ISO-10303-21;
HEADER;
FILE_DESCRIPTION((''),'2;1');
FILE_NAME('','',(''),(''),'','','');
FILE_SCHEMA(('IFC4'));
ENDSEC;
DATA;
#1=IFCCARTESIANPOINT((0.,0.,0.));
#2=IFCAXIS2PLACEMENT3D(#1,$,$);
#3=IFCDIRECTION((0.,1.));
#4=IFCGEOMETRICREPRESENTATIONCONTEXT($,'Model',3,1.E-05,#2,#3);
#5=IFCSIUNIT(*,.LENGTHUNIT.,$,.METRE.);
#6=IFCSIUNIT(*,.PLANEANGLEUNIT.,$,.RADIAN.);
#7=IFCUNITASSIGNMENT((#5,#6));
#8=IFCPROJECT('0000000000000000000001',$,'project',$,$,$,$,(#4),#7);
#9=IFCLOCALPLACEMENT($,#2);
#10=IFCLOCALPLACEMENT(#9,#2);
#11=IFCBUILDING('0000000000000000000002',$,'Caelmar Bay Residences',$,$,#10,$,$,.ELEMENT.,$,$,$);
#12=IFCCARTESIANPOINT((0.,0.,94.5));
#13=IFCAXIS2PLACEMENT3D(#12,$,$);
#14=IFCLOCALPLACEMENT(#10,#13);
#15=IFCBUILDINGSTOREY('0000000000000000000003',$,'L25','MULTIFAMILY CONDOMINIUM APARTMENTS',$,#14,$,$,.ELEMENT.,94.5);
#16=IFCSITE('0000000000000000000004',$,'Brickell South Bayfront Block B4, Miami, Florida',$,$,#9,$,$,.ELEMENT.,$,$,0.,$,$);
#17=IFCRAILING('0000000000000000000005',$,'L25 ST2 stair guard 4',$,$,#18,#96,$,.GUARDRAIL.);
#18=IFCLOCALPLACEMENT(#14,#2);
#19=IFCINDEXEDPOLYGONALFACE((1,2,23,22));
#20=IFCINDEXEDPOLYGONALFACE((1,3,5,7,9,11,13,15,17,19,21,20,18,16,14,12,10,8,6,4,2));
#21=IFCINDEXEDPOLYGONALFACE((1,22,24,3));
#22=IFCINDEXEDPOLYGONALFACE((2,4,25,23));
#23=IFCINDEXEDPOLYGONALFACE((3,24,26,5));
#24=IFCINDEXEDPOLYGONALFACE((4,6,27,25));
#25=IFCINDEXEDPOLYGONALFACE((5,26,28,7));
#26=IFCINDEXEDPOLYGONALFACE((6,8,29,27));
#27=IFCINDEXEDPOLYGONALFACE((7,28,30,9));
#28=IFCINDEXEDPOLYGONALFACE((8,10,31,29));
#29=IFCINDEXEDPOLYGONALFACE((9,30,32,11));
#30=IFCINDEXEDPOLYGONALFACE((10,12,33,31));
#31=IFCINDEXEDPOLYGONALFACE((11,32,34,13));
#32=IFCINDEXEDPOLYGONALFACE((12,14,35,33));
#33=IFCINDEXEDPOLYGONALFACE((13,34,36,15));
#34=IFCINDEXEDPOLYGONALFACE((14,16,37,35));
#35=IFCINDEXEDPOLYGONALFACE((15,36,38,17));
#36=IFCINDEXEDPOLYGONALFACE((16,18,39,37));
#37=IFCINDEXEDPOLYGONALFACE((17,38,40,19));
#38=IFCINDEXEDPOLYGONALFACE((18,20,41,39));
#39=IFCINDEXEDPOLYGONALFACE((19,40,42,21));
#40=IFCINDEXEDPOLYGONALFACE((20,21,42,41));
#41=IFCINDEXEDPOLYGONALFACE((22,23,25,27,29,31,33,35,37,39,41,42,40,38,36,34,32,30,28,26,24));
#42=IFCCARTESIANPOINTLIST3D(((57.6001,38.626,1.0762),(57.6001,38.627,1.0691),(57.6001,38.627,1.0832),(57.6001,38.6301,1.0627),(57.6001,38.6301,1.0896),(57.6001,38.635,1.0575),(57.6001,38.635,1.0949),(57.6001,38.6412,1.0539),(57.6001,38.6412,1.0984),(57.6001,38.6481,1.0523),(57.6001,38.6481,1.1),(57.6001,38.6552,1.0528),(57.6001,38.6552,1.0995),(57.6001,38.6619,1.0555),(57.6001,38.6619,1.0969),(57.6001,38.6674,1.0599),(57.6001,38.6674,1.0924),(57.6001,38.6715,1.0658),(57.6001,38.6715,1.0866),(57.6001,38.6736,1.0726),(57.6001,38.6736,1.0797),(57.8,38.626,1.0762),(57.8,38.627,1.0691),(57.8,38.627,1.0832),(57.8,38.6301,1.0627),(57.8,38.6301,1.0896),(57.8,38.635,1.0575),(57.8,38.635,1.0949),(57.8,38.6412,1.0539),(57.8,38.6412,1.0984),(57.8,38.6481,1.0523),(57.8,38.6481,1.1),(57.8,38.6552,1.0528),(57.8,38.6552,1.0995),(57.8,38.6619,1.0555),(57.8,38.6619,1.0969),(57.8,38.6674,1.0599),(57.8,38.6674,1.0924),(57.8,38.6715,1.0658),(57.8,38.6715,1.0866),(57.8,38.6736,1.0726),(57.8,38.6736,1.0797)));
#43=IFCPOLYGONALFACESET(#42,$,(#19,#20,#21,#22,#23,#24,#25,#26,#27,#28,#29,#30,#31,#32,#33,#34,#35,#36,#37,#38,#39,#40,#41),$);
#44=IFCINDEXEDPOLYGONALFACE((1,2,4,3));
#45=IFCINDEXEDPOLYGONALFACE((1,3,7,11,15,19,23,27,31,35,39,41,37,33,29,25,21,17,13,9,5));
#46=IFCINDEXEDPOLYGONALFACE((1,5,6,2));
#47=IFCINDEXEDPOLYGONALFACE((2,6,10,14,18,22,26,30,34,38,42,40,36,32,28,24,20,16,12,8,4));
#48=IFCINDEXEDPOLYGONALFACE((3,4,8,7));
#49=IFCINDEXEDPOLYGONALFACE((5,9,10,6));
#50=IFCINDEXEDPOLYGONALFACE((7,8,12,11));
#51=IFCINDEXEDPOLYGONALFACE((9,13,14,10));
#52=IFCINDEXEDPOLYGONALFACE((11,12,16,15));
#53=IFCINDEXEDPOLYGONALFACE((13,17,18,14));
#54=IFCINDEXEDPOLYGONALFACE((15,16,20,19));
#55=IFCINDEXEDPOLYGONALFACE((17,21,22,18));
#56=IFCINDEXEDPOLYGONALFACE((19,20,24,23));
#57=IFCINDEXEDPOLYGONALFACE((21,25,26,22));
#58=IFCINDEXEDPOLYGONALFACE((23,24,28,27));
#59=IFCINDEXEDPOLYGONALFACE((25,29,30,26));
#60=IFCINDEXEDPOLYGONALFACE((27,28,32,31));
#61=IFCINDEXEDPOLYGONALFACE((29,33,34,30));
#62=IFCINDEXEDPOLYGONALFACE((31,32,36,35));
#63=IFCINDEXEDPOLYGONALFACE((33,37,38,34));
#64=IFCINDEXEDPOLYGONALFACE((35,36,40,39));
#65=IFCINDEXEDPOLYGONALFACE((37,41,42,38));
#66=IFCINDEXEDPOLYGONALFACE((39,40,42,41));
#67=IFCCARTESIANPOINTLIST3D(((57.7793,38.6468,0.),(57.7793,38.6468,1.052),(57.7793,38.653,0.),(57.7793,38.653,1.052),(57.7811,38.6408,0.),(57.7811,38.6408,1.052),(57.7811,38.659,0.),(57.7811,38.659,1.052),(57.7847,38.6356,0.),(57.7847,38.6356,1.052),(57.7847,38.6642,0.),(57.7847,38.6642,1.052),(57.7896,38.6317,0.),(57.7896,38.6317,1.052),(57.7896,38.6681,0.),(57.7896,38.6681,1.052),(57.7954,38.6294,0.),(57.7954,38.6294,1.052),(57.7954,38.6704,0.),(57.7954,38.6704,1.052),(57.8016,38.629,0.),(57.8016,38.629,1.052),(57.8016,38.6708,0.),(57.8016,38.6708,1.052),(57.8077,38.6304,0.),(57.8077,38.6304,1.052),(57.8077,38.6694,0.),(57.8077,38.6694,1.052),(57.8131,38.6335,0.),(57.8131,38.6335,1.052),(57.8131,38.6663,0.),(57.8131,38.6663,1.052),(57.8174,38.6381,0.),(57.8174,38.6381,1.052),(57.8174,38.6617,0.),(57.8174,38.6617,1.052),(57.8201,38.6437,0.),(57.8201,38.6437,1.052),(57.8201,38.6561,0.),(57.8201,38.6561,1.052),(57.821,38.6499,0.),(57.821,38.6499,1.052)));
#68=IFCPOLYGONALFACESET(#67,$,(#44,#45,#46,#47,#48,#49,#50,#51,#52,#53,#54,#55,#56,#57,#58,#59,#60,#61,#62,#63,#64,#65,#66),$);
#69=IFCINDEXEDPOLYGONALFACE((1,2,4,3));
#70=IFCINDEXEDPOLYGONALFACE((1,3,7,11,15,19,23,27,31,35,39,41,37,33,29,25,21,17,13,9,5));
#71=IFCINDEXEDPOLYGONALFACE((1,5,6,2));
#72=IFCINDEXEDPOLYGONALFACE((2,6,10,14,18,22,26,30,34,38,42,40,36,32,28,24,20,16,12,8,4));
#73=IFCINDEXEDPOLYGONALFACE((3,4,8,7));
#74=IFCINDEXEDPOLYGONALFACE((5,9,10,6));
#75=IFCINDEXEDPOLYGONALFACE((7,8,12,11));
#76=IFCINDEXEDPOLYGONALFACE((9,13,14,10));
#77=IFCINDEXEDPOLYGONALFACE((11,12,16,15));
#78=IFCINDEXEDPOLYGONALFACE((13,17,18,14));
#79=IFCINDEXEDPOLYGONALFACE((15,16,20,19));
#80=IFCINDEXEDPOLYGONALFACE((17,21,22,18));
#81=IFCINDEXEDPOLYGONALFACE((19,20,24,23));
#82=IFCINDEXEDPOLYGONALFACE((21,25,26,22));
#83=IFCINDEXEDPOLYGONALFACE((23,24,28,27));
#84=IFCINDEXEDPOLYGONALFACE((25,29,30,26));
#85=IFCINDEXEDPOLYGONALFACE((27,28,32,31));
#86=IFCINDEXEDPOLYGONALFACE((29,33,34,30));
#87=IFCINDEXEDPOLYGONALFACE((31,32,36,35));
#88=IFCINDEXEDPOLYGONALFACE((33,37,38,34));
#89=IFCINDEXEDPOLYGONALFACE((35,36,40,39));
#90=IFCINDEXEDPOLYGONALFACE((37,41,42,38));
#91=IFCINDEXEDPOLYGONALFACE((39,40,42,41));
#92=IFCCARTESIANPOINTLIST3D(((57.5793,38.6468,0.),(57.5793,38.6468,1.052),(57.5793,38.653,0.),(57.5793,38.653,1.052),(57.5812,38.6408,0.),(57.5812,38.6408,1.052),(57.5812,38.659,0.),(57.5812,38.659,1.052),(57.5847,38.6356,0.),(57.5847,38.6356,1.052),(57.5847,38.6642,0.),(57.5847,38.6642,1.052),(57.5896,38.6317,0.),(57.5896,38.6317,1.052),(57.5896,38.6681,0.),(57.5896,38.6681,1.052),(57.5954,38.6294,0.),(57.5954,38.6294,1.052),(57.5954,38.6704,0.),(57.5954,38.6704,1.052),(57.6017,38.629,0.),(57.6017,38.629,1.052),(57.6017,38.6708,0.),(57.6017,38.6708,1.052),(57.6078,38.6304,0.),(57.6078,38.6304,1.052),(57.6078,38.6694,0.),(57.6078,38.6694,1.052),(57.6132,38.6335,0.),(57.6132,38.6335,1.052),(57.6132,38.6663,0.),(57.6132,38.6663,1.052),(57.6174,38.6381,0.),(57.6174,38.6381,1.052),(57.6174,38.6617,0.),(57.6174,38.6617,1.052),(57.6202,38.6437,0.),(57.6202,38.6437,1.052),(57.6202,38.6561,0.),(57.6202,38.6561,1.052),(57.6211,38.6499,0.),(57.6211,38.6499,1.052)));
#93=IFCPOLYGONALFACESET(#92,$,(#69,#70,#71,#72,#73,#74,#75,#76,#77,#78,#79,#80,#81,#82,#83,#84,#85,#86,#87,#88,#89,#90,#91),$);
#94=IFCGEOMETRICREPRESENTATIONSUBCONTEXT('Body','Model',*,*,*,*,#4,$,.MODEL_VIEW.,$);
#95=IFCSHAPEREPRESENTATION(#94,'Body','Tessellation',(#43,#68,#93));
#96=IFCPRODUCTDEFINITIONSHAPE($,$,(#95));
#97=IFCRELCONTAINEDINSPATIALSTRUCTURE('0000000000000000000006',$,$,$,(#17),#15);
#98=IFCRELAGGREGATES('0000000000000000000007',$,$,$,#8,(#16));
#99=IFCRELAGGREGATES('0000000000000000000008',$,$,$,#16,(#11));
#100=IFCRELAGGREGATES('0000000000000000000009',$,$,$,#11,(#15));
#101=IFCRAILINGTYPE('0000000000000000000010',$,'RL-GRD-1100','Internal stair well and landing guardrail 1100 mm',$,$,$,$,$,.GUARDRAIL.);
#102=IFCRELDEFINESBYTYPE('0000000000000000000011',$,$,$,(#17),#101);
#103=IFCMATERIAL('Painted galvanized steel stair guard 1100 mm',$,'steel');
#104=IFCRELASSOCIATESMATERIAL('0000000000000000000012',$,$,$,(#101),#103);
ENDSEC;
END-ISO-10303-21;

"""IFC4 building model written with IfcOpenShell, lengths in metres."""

from ifc_helpers import new_model, si_unit, direction, frame, origin, origin_2d, place, context, subcontext, project, spatial, circle, extrude, material, type_object, element, save


model = new_model("IFC4")

# Units and contexts
model_context = context("Model", 3, precision=1e-05, world=origin(), true_north=direction((0.0, 1.0)))
body_context = subcontext(model_context, "Body", "Model", "MODEL_VIEW")
ifc_project = project(units=[si_unit("LENGTHUNIT", "METRE"), si_unit("PLANEANGLEUNIT", "RADIAN")], contexts=[model_context])

# Site, building, storey
site_placement = place(None, origin())
site = spatial("IfcSite", under=ifc_project, at=site_placement, Name="Brickell South Bayfront Block B4, Miami, Florida", CompositionType="ELEMENT", RefElevation=0.0)
building_placement = place(site_placement, origin())
building = spatial("IfcBuilding", under=site, at=building_placement, Name="Caelmar Bay Residences", CompositionType="ELEMENT")
storey_placement = place(building_placement, frame((0.0, 0.0, 94.5)))
storey = spatial("IfcBuildingStorey", under=building, at=storey_placement, Name="L25", Description="MULTIFAMILY CONDOMINIUM APARTMENTS", CompositionType="ELEMENT", Elevation=94.5)

# Railing
ifc_material_1 = material(Name="Painted galvanized steel stair guard 1100 mm", Category="steel")
railing_type_1 = type_object("IfcRailingType", Name="RL-GRD-1100", Description="Internal stair well and landing guardrail 1100 mm", PredefinedType="GUARDRAIL", material=ifc_material_1)
railing_1_placement = place(storey_placement, frame((57.8, 38.6499, 0.0)))
element("IfcRailing", 1, at=railing_1_placement, inside=storey, type_object=railing_type_1, Name="L25 ST2 stair guard 4", PredefinedType="GUARDRAIL", context=body_context, shape_type="SweptSolid", body=[
    extrude(circle(Radius=0.0239, at=origin_2d()), frame((0.0, 0.0, 1.0762), z_axis=(-1.0, 0.0, 0.0), x_axis=(0.0, -1.0, 0.0)), (0.0, 0.0, 1.0), 0.2),
    extrude(circle(Radius=0.021, at=origin_2d()), origin(), (0.0, 0.0, 1.0), 1.052),
    extrude(circle(Radius=0.021, at=origin_2d()), frame((-0.2, 0.0, 0.0)), (0.0, 0.0, 1.0), 1.052),
])

save(model, "model.ifc")
